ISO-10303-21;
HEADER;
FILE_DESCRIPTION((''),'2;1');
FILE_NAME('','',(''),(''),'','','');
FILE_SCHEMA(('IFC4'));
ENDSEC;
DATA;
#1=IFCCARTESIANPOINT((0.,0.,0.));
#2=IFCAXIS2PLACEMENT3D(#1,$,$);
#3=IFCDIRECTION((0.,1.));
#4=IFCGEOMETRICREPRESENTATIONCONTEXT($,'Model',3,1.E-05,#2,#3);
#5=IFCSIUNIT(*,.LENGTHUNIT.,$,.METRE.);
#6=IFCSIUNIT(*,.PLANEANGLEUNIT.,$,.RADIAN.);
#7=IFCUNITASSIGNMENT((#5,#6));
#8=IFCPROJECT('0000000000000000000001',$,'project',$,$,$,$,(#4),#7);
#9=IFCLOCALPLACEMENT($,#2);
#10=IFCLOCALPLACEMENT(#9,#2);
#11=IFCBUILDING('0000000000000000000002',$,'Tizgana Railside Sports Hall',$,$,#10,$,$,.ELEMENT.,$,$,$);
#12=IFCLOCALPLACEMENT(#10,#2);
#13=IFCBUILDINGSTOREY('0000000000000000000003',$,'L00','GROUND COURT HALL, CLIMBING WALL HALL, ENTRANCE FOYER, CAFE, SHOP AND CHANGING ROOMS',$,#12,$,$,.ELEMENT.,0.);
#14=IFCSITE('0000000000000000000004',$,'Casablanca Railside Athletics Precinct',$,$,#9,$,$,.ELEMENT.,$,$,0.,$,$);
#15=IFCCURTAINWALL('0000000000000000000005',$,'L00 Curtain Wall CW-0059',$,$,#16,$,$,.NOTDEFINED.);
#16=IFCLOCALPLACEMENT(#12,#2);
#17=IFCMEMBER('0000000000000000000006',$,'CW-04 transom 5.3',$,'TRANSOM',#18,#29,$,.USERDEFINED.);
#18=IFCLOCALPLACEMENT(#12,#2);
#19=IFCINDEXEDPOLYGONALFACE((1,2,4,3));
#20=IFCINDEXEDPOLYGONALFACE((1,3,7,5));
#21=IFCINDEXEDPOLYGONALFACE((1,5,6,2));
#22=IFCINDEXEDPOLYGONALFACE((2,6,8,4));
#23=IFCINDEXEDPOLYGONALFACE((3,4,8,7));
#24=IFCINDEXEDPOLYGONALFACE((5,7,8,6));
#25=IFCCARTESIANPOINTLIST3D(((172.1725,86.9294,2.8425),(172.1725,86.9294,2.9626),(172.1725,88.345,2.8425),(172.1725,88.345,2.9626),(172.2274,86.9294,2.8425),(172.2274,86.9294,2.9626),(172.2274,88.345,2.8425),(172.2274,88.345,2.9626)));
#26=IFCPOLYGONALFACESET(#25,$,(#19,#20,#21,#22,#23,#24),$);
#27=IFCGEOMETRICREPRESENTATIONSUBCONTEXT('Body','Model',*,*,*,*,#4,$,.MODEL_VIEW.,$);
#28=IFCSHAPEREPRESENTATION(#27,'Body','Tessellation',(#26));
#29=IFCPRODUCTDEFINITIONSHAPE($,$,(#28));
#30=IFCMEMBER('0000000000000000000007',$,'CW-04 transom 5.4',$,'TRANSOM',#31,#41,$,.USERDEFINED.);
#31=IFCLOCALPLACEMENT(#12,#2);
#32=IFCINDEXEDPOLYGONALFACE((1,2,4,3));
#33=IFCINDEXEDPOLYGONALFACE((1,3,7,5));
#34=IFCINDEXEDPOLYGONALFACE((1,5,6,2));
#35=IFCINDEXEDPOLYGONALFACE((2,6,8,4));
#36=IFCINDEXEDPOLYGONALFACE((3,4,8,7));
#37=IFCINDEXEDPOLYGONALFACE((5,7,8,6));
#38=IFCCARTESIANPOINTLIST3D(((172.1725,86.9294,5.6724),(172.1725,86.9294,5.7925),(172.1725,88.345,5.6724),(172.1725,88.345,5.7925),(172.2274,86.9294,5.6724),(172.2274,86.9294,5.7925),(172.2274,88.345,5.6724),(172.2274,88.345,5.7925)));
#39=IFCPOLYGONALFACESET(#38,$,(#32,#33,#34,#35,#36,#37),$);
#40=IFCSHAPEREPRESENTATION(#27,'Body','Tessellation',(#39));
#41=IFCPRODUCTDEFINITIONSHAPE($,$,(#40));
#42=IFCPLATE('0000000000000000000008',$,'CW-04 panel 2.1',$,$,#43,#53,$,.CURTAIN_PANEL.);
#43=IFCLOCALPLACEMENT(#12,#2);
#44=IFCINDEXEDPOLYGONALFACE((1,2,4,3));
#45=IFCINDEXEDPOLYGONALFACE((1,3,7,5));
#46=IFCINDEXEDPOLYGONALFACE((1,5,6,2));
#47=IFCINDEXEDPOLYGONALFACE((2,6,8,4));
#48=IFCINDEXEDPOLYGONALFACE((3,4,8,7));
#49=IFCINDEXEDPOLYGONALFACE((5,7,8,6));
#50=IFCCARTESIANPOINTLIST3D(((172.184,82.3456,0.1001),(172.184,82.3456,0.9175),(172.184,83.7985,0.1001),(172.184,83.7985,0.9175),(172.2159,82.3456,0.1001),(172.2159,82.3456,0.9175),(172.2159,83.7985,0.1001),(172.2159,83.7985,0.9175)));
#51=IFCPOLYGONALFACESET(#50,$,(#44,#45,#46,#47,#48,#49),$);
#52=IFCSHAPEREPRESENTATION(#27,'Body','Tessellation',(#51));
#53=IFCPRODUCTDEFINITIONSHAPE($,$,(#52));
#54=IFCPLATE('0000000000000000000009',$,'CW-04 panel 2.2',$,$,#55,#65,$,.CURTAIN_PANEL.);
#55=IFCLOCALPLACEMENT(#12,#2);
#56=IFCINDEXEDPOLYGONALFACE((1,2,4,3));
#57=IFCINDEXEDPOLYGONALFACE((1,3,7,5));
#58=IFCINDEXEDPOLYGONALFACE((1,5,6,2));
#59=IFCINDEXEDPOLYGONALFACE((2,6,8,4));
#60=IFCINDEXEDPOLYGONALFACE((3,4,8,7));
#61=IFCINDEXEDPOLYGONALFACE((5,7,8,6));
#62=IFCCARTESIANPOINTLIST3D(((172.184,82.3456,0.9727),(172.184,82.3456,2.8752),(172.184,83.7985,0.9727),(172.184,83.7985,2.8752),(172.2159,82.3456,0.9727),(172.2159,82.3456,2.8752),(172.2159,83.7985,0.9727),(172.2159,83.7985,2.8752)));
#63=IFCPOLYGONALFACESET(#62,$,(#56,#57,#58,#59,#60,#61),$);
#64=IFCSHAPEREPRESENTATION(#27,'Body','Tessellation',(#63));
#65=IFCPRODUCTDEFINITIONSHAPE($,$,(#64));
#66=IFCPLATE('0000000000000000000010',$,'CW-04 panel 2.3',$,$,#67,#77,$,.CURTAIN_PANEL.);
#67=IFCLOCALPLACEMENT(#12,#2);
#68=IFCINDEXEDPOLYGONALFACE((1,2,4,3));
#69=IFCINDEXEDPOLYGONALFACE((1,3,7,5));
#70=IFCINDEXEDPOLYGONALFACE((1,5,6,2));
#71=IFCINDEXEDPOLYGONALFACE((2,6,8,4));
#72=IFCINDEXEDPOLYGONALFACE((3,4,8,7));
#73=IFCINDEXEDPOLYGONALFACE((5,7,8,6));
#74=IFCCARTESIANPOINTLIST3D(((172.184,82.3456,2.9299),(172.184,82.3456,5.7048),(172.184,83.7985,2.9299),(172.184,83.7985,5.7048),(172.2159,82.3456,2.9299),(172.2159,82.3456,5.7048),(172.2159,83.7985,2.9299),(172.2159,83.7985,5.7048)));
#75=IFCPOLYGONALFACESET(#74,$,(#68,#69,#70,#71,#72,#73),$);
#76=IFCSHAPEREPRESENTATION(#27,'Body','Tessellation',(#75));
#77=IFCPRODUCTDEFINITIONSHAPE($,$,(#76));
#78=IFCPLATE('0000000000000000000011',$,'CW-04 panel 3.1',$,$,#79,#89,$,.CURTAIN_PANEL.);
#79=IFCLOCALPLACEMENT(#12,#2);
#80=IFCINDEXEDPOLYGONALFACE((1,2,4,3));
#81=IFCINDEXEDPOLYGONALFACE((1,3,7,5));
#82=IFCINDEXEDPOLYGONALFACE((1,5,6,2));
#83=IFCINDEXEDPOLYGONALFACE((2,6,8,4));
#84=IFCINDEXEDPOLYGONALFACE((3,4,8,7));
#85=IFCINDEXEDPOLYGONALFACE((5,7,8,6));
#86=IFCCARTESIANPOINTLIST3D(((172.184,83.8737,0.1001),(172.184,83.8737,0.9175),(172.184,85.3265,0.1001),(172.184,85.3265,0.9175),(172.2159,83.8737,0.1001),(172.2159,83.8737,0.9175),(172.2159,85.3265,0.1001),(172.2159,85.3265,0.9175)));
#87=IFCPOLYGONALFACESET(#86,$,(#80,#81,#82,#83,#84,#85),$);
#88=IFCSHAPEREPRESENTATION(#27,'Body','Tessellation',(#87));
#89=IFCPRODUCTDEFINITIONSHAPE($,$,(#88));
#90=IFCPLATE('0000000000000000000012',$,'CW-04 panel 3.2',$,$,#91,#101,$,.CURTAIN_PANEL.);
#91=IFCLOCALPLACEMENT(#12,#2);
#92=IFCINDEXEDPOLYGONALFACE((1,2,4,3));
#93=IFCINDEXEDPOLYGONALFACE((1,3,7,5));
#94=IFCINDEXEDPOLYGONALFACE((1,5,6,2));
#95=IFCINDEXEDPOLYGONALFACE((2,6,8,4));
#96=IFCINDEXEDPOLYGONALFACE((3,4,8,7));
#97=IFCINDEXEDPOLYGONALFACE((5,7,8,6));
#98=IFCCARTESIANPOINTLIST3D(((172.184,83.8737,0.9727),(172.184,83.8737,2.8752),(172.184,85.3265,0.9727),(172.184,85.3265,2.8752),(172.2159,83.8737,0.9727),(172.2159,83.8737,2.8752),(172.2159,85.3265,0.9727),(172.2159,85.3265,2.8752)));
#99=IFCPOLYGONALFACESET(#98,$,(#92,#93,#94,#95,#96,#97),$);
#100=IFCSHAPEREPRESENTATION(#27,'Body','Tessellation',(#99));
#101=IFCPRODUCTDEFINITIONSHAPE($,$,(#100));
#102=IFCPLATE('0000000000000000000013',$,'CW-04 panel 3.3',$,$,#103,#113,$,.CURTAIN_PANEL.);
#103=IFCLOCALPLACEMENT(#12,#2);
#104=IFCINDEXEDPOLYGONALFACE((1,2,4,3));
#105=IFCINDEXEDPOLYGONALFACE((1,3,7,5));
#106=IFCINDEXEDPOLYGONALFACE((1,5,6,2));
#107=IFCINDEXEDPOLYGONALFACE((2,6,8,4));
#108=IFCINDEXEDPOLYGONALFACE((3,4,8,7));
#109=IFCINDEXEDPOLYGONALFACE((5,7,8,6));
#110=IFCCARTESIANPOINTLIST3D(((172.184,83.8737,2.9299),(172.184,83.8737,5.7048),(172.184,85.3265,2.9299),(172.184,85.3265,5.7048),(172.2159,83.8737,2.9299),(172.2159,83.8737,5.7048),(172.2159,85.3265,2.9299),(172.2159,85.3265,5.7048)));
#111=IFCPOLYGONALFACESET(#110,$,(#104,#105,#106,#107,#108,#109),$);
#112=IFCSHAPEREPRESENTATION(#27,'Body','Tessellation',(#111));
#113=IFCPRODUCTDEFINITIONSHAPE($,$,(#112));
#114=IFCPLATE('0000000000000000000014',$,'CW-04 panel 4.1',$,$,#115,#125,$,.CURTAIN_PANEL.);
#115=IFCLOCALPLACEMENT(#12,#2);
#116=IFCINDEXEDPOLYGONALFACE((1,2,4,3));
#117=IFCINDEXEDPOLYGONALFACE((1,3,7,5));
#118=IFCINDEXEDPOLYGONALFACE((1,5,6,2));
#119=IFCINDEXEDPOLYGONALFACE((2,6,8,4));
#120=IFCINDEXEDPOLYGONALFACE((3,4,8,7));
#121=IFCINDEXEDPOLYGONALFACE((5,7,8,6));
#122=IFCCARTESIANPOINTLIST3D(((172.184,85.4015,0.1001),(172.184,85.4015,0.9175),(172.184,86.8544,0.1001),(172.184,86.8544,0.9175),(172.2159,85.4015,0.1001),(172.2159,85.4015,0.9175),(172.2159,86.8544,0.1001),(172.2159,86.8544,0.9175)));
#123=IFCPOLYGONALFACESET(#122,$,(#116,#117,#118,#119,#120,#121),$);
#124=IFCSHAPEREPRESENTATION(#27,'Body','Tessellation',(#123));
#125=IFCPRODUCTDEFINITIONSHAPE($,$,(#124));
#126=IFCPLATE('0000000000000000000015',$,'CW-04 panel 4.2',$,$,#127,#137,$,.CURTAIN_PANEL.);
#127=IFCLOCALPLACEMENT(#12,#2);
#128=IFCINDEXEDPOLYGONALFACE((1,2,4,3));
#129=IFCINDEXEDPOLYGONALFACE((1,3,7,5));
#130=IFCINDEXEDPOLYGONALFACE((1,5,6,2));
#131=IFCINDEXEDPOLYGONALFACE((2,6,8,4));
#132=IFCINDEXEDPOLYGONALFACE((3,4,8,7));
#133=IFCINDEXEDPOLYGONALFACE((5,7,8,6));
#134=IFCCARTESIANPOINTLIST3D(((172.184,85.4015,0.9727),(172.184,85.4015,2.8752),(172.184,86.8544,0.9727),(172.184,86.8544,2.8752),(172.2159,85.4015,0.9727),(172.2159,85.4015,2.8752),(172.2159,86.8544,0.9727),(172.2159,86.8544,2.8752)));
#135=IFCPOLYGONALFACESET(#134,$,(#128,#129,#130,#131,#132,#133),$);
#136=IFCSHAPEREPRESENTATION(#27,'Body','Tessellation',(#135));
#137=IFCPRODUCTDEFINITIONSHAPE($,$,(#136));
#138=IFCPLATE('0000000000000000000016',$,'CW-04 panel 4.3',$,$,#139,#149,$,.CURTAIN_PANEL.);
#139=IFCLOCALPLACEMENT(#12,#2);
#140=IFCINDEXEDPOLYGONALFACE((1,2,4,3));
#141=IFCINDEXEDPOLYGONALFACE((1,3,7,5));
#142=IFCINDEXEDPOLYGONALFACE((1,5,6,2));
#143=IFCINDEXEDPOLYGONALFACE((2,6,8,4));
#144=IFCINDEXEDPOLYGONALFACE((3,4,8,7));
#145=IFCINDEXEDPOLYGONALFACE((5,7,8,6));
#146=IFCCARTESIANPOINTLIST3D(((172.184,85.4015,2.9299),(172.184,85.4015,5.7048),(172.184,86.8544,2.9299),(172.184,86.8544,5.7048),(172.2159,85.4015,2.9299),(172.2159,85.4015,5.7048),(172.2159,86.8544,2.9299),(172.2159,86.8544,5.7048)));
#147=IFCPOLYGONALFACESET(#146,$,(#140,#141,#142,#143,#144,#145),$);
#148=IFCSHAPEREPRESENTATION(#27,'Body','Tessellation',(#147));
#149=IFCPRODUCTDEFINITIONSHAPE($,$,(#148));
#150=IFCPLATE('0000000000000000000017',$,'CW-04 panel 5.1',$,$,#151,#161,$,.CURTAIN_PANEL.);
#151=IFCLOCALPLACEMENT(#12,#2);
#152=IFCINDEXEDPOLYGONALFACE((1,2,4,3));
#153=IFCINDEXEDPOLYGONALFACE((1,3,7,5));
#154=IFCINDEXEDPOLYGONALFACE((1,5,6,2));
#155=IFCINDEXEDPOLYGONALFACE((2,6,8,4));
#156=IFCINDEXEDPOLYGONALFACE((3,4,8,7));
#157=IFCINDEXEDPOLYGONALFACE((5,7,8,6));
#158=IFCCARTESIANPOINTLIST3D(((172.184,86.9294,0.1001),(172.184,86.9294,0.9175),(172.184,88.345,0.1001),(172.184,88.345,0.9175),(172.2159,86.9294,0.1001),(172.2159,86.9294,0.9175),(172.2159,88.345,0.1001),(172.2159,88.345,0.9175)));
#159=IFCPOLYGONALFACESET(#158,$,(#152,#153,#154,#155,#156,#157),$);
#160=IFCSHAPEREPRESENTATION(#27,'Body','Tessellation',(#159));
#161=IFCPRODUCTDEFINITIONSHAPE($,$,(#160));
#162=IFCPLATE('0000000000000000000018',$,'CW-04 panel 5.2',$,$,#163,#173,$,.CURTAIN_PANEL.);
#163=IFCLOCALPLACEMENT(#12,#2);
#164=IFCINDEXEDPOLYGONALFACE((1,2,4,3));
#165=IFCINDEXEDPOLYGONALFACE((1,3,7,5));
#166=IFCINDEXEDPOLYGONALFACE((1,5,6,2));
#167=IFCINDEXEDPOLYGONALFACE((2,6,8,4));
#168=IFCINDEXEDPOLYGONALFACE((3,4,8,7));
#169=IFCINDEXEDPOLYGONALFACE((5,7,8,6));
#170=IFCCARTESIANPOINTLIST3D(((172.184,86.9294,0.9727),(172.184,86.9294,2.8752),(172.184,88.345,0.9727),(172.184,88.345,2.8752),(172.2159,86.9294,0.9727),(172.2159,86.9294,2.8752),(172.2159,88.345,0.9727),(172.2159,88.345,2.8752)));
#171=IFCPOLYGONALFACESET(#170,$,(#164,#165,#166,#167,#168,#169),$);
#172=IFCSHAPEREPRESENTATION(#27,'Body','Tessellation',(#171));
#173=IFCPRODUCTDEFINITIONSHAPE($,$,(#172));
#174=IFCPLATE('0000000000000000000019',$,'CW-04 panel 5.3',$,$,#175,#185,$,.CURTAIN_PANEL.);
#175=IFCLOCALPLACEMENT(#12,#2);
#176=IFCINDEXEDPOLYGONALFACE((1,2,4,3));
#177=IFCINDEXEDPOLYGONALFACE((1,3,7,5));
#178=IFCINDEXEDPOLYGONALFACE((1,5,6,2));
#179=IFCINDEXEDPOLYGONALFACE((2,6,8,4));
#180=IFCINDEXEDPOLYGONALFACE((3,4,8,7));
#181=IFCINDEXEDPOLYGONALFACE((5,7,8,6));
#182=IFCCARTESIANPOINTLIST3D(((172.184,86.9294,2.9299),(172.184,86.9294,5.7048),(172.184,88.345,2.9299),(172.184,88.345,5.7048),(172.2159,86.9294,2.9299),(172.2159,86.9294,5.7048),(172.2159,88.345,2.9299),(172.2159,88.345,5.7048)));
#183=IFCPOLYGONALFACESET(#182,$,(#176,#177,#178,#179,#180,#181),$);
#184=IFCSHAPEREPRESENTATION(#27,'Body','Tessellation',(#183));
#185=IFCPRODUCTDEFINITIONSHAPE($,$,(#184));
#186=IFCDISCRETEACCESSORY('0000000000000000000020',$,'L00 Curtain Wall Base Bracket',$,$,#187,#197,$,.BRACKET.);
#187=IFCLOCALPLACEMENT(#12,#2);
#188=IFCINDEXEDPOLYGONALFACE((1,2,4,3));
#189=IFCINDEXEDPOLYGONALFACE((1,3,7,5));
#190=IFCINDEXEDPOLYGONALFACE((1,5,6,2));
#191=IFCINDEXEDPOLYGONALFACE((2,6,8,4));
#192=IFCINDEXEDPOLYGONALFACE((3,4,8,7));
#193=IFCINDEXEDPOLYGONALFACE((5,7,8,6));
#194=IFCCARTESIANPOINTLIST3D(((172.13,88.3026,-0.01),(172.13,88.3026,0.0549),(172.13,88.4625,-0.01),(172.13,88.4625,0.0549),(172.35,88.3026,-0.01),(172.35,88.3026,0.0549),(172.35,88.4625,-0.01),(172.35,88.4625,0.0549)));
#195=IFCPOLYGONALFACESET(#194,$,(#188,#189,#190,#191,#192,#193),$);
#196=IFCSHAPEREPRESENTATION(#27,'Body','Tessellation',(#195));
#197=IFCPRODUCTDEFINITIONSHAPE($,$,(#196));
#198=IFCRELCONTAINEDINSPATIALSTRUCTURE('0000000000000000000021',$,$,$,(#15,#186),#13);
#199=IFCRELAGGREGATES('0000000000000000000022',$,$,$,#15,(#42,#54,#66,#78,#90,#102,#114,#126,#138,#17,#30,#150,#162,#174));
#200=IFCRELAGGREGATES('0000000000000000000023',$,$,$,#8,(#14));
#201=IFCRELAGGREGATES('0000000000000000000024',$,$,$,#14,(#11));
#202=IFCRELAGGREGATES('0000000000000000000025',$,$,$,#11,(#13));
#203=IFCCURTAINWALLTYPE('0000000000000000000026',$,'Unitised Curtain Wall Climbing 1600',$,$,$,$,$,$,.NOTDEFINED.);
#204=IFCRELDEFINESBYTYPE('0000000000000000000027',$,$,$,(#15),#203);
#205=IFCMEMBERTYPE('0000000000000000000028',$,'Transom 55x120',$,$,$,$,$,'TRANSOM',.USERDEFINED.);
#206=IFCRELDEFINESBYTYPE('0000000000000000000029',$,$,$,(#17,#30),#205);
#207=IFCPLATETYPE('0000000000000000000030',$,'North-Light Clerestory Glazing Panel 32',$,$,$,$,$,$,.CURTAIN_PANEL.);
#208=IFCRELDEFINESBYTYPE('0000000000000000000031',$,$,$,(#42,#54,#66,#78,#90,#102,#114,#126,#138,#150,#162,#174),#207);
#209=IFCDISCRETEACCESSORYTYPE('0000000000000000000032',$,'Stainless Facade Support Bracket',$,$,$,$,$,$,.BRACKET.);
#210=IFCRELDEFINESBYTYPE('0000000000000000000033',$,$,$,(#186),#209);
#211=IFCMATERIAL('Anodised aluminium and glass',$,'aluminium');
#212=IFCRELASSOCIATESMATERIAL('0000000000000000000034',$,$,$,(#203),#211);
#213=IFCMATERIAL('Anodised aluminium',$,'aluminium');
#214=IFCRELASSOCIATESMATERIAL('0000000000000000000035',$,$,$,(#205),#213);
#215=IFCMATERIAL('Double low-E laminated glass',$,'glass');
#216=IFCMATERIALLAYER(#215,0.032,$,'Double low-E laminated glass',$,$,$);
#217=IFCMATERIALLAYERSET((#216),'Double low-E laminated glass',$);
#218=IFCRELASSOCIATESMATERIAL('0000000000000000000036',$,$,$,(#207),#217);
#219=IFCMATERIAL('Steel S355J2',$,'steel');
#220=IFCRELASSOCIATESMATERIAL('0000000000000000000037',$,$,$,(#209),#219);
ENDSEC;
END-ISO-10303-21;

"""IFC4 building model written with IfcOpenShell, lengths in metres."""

from ifc_helpers import new_model, si_unit, direction, frame, origin, origin_2d, place, context, subcontext, project, spatial, rectangle, extrude, material, layer, layer_set, material_profile, profile_set, type_object, element, aggregate, save


model = new_model("IFC4")

# Units and contexts
model_context = context("Model", 3, precision=1e-05, world=origin(), true_north=direction((0.0, 1.0)))
body_context = subcontext(model_context, "Body", "Model", "MODEL_VIEW")
ifc_project = project(units=[si_unit("LENGTHUNIT", "METRE"), si_unit("PLANEANGLEUNIT", "RADIAN")], contexts=[model_context])

# Site, building, storey
site_placement = place(None, origin())
site = spatial("IfcSite", under=ifc_project, at=site_placement, Name="Casablanca Railside Athletics Precinct", CompositionType="ELEMENT", RefElevation=0.0)
building_placement = place(site_placement, origin())
building = spatial("IfcBuilding", under=site, at=building_placement, Name="Tizgana Railside Sports Hall", CompositionType="ELEMENT")
storey_placement = place(building_placement, origin())
storey = spatial("IfcBuildingStorey", under=building, at=storey_placement, Name="L00", Description="GROUND COURT HALL, CLIMBING WALL HALL, ENTRANCE FOYER, CAFE, SHOP AND CHANGING ROOMS", CompositionType="ELEMENT", Elevation=0.0)

# Curtain wall, members, plates
ifc_material_1 = material(Name="Anodised aluminium and glass", Category="aluminium")
curtain_wall_type = type_object("IfcCurtainWallType", Name="Unitised Curtain Wall Climbing 1600", PredefinedType="NOTDEFINED", material=ifc_material_1)
curtain_wall_placement = place(storey_placement, origin())
curtain_wall = element("IfcCurtainWall", 1, at=curtain_wall_placement, inside=storey, type_object=curtain_wall_type, Name="L00 Curtain Wall CW-0059", PredefinedType="NOTDEFINED")
ifc_material_2 = material(Name="Anodised aluminium", Category="aluminium")
ifc_material_profile_1 = material_profile(ifc_material_2, rectangle(XDim=0.0549, YDim=0.1201, at=origin_2d()), Name="Transom 55x120")
ifc_profile_set_1 = profile_set([ifc_material_profile_1], Name="Anodised aluminium")
member_type_1 = type_object("IfcMemberType", Name="Transom 55x120", ElementType="TRANSOM", PredefinedType="USERDEFINED", material=ifc_profile_set_1)
member_1_placement = place(storey_placement, frame((172.2, 86.9294, 2.9026), z_axis=(0.0, 1.0, 0.0), x_axis=(-1.0, 0.0, 0.0)))
member_1 = element("IfcMember", 2, at=member_1_placement, type_object=member_type_1, Name="CW-04 transom 5.3", ObjectType="TRANSOM", PredefinedType="USERDEFINED", context=body_context, shape_type="SweptSolid", body=[
    extrude(rectangle(XDim=0.0549, YDim=0.1201, at=origin_2d()), origin(), (0.0, 0.0, 1.0), 1.4155),
])
member_2_placement = place(storey_placement, frame((172.2, 86.9294, 5.7324), z_axis=(0.0, 1.0, 0.0), x_axis=(-1.0, 0.0, 0.0)))
member_2 = element("IfcMember", 3, at=member_2_placement, type_object=member_type_1, Name="CW-04 transom 5.4", ObjectType="TRANSOM", PredefinedType="USERDEFINED", context=body_context, shape_type="SweptSolid", body=[
    extrude(rectangle(XDim=0.0549, YDim=0.1201, at=origin_2d()), origin(), (0.0, 0.0, 1.0), 1.4155),
])
ifc_material_3 = material(Name="Double low-E laminated glass", Category="glass")
ifc_layer = layer(ifc_material_3, 0.032, Name="Double low-E laminated glass")
ifc_layer_set = layer_set([ifc_layer], Name="Double low-E laminated glass")
plate_type = type_object("IfcPlateType", Name="North-Light Clerestory Glazing Panel 32", PredefinedType="CURTAIN_PANEL", material=ifc_layer_set)
plate_1_placement = place(storey_placement, frame((172.2, 83.072, 0.1001), z_axis=(0.0, 0.0, 1.0), x_axis=(0.0, 1.0, 0.0)))
plate_1 = element("IfcPlate", 4, at=plate_1_placement, type_object=plate_type, Name="CW-04 panel 2.1", PredefinedType="CURTAIN_PANEL", context=body_context, shape_type="SweptSolid", body=[
    extrude(rectangle(XDim=1.4529, YDim=0.032, at=origin_2d()), origin(), (0.0, 0.0, 1.0), 0.8174),
])
plate_2_placement = place(storey_placement, frame((172.2, 83.072, 0.9727), z_axis=(0.0, 0.0, 1.0), x_axis=(0.0, 1.0, 0.0)))
plate_2 = element("IfcPlate", 5, at=plate_2_placement, type_object=plate_type, Name="CW-04 panel 2.2", PredefinedType="CURTAIN_PANEL", context=body_context, shape_type="SweptSolid", body=[
    extrude(rectangle(XDim=1.4529, YDim=0.032, at=origin_2d()), origin(), (0.0, 0.0, 1.0), 1.9026),
])
plate_3_placement = place(storey_placement, frame((172.2, 83.072, 2.9299), z_axis=(0.0, 0.0, 1.0), x_axis=(0.0, 1.0, 0.0)))
plate_3 = element("IfcPlate", 6, at=plate_3_placement, type_object=plate_type, Name="CW-04 panel 2.3", PredefinedType="CURTAIN_PANEL", context=body_context, shape_type="SweptSolid", body=[
    extrude(rectangle(XDim=1.4529, YDim=0.032, at=origin_2d()), origin(), (0.0, 0.0, 1.0), 2.7749),
])
plate_4_placement = place(storey_placement, frame((172.2, 84.6001, 0.1001), z_axis=(0.0, 0.0, 1.0), x_axis=(0.0, 1.0, 0.0)))
plate_4 = element("IfcPlate", 7, at=plate_4_placement, type_object=plate_type, Name="CW-04 panel 3.1", PredefinedType="CURTAIN_PANEL", context=body_context, shape_type="SweptSolid", body=[
    extrude(rectangle(XDim=1.4529, YDim=0.032, at=origin_2d()), origin(), (0.0, 0.0, 1.0), 0.8174),
])
plate_5_placement = place(storey_placement, frame((172.2, 84.6001, 0.9727), z_axis=(0.0, 0.0, 1.0), x_axis=(0.0, 1.0, 0.0)))
plate_5 = element("IfcPlate", 8, at=plate_5_placement, type_object=plate_type, Name="CW-04 panel 3.2", PredefinedType="CURTAIN_PANEL", context=body_context, shape_type="SweptSolid", body=[
    extrude(rectangle(XDim=1.4529, YDim=0.032, at=origin_2d()), origin(), (0.0, 0.0, 1.0), 1.9026),
])
plate_6_placement = place(storey_placement, frame((172.2, 84.6001, 2.9299), z_axis=(0.0, 0.0, 1.0), x_axis=(0.0, 1.0, 0.0)))
plate_6 = element("IfcPlate", 9, at=plate_6_placement, type_object=plate_type, Name="CW-04 panel 3.3", PredefinedType="CURTAIN_PANEL", context=body_context, shape_type="SweptSolid", body=[
    extrude(rectangle(XDim=1.4529, YDim=0.032, at=origin_2d()), origin(), (0.0, 0.0, 1.0), 2.7749),
])
plate_7_placement = place(storey_placement, frame((172.2, 86.1279, 0.1001), z_axis=(0.0, 0.0, 1.0), x_axis=(0.0, 1.0, 0.0)))
plate_7 = element("IfcPlate", 10, at=plate_7_placement, type_object=plate_type, Name="CW-04 panel 4.1", PredefinedType="CURTAIN_PANEL", context=body_context, shape_type="SweptSolid", body=[
    extrude(rectangle(XDim=1.4529, YDim=0.032, at=origin_2d()), origin(), (0.0, 0.0, 1.0), 0.8174),
])
plate_8_placement = place(storey_placement, frame((172.2, 86.1279, 0.9727), z_axis=(0.0, 0.0, 1.0), x_axis=(0.0, 1.0, 0.0)))
plate_8 = element("IfcPlate", 11, at=plate_8_placement, type_object=plate_type, Name="CW-04 panel 4.2", PredefinedType="CURTAIN_PANEL", context=body_context, shape_type="SweptSolid", body=[
    extrude(rectangle(XDim=1.4529, YDim=0.032, at=origin_2d()), origin(), (0.0, 0.0, 1.0), 1.9026),
])
plate_9_placement = place(storey_placement, frame((172.2, 86.1279, 2.9299), z_axis=(0.0, 0.0, 1.0), x_axis=(0.0, 1.0, 0.0)))
plate_9 = element("IfcPlate", 12, at=plate_9_placement, type_object=plate_type, Name="CW-04 panel 4.3", PredefinedType="CURTAIN_PANEL", context=body_context, shape_type="SweptSolid", body=[
    extrude(rectangle(XDim=1.4529, YDim=0.032, at=origin_2d()), origin(), (0.0, 0.0, 1.0), 2.7749),
])
plate_10_placement = place(storey_placement, frame((172.2, 87.6372, 0.1001), z_axis=(0.0, 0.0, 1.0), x_axis=(0.0, 1.0, 0.0)))
plate_10 = element("IfcPlate", 13, at=plate_10_placement, type_object=plate_type, Name="CW-04 panel 5.1", PredefinedType="CURTAIN_PANEL", context=body_context, shape_type="SweptSolid", body=[
    extrude(rectangle(XDim=1.4155, YDim=0.032, at=origin_2d()), origin(), (0.0, 0.0, 1.0), 0.8174),
])
plate_11_placement = place(storey_placement, frame((172.2, 87.6372, 0.9727), z_axis=(0.0, 0.0, 1.0), x_axis=(0.0, 1.0, 0.0)))
plate_11 = element("IfcPlate", 14, at=plate_11_placement, type_object=plate_type, Name="CW-04 panel 5.2", PredefinedType="CURTAIN_PANEL", context=body_context, shape_type="SweptSolid", body=[
    extrude(rectangle(XDim=1.4155, YDim=0.032, at=origin_2d()), origin(), (0.0, 0.0, 1.0), 1.9026),
])
plate_12_placement = place(storey_placement, frame((172.2, 87.6372, 2.9299), z_axis=(0.0, 0.0, 1.0), x_axis=(0.0, 1.0, 0.0)))
plate_12 = element("IfcPlate", 15, at=plate_12_placement, type_object=plate_type, Name="CW-04 panel 5.3", PredefinedType="CURTAIN_PANEL", context=body_context, shape_type="SweptSolid", body=[
    extrude(rectangle(XDim=1.4155, YDim=0.032, at=origin_2d()), origin(), (0.0, 0.0, 1.0), 2.7749),
])
aggregate(curtain_wall, [plate_1, plate_2, plate_3, plate_4, plate_5, plate_6, plate_7, plate_8, plate_9, member_1, member_2, plate_10, plate_11, plate_12])

# Discrete accessory
ifc_material_4 = material(Name="Steel S355J2", Category="steel")
discrete_accessory_type = type_object("IfcDiscreteAccessoryType", Name="Stainless Facade Support Bracket", PredefinedType="BRACKET", material=ifc_material_4)
discrete_accessory_placement = place(storey_placement, frame((172.24, 88.3826, -0.01), z_axis=(0.0, 0.0, 1.0), x_axis=(0.0, 1.0, 0.0)))
element("IfcDiscreteAccessory", 16, at=discrete_accessory_placement, inside=storey, type_object=discrete_accessory_type, Name="L00 Curtain Wall Base Bracket", PredefinedType="BRACKET", context=body_context, shape_type="SweptSolid", body=[
    extrude(rectangle(XDim=0.1599, YDim=0.22, at=origin_2d()), origin(), (0.0, 0.0, 1.0), 0.0649),
])

save(model, "model.ifc")
